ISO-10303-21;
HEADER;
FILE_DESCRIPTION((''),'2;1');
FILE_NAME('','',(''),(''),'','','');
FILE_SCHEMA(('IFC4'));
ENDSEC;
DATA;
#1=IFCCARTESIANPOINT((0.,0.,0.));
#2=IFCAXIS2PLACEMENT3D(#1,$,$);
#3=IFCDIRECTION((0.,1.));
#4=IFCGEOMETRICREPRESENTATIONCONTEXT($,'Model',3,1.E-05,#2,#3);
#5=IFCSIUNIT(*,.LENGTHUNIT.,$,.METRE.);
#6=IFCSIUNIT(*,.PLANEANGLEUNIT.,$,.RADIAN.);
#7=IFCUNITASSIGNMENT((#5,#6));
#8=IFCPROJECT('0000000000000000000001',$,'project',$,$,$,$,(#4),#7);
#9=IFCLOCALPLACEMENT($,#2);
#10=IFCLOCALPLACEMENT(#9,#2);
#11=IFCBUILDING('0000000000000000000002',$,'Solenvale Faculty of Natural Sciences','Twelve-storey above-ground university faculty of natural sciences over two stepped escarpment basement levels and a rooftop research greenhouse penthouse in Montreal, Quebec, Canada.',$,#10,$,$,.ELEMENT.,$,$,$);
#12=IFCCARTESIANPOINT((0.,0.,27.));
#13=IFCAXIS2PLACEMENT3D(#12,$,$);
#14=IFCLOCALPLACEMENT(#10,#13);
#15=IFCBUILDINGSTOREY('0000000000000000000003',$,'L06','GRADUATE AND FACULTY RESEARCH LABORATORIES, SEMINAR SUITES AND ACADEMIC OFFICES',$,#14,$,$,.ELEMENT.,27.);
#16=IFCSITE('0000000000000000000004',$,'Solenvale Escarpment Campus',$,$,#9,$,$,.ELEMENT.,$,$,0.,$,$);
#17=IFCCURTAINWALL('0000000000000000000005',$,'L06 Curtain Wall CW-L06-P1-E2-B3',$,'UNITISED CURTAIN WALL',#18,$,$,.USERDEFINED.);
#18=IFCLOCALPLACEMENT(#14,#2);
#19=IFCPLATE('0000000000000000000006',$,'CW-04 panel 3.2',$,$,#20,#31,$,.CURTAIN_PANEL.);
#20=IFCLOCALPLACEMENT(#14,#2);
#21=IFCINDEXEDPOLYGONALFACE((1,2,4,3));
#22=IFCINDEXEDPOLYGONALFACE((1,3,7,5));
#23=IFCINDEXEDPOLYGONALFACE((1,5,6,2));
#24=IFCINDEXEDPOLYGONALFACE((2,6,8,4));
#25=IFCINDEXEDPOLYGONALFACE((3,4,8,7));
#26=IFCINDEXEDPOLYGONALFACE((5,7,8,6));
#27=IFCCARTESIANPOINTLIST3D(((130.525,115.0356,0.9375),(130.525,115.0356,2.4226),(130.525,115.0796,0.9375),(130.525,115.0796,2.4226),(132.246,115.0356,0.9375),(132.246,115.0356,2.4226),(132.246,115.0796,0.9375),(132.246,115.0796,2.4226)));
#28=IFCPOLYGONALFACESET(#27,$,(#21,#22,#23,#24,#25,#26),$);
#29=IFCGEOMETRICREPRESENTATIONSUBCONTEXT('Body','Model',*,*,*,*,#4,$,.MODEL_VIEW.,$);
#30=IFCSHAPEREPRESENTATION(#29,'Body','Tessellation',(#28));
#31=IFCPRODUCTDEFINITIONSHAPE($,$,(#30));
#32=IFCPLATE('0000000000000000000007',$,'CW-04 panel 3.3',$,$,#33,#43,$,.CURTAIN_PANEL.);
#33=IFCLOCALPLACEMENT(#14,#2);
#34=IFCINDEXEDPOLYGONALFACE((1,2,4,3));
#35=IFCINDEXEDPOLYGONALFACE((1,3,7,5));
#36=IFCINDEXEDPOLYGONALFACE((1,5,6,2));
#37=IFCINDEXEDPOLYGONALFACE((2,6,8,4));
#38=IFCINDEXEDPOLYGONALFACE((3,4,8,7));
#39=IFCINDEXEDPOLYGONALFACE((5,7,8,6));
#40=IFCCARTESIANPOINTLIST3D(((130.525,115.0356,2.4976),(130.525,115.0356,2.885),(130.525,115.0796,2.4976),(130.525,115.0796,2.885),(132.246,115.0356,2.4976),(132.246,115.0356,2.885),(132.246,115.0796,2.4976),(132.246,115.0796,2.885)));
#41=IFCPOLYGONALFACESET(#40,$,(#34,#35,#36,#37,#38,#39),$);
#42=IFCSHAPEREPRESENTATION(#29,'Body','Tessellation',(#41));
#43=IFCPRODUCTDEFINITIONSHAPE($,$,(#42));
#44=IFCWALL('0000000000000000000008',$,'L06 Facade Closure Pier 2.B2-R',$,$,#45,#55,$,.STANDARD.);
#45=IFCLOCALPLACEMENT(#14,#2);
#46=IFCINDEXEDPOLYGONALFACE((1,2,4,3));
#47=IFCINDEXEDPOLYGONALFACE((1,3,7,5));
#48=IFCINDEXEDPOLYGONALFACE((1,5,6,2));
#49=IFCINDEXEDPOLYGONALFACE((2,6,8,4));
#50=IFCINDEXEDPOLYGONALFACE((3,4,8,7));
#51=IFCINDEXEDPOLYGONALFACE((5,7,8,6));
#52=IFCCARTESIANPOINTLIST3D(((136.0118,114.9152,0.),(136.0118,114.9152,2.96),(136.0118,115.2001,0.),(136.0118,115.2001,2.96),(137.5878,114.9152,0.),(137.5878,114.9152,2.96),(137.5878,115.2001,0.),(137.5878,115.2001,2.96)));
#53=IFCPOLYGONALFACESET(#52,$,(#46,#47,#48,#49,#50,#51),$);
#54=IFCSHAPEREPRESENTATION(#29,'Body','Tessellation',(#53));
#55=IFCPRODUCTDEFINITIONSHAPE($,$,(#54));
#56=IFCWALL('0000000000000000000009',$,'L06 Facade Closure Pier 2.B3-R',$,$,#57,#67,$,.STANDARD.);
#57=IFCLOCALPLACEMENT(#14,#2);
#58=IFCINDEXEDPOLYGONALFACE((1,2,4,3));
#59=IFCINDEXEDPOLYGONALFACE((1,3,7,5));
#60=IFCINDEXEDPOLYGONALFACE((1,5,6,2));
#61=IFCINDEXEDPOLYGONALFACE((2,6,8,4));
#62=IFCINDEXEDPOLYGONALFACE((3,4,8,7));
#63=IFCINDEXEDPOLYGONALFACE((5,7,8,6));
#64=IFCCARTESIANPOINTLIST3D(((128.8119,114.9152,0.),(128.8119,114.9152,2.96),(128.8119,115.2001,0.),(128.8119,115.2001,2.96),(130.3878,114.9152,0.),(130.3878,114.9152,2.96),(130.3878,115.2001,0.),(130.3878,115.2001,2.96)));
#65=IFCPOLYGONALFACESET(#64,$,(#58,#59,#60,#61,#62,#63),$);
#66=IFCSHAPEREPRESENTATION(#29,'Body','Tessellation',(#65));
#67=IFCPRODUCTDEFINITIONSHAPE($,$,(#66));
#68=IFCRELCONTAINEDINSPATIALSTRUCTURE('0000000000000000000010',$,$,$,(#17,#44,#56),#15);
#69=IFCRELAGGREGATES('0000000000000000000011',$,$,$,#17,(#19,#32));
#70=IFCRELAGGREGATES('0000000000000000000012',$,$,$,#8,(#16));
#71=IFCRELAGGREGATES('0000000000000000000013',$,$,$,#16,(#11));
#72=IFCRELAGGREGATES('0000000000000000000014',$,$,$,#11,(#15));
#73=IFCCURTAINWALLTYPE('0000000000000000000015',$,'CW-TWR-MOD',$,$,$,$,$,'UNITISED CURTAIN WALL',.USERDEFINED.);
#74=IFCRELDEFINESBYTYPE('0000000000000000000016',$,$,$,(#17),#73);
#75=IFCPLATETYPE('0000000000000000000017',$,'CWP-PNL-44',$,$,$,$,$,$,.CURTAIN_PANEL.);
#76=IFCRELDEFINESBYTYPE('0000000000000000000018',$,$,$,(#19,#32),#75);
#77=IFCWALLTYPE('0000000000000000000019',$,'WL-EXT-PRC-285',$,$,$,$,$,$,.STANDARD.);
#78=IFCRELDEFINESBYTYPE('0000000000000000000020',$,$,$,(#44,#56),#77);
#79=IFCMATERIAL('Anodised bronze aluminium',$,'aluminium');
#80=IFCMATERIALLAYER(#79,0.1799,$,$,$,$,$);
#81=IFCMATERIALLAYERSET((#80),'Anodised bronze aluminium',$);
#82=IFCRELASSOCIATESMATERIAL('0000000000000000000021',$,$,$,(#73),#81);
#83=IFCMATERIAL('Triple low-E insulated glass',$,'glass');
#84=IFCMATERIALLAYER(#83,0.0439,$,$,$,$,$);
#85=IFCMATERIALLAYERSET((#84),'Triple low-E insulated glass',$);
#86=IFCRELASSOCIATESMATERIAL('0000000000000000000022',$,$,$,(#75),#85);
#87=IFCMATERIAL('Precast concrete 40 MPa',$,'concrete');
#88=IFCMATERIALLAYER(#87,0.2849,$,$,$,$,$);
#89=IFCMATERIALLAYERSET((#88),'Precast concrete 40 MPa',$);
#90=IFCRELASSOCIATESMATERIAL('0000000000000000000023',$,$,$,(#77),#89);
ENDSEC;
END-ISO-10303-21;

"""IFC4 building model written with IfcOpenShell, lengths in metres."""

from ifc_helpers import new_model, si_unit, direction, frame, frame_2d, origin, origin_2d, place, context, subcontext, project, spatial, rectangle, extrude, material, layer, layer_set, type_object, element, aggregate, save


model = new_model("IFC4")

# Units and contexts
model_context = context("Model", 3, precision=1e-05, world=origin(), true_north=direction((0.0, 1.0)))
body_context = subcontext(model_context, "Body", "Model", "MODEL_VIEW")
ifc_project = project(units=[si_unit("LENGTHUNIT", "METRE"), si_unit("PLANEANGLEUNIT", "RADIAN")], contexts=[model_context])

# Site, building, storey
site_placement = place(None, origin())
site = spatial("IfcSite", under=ifc_project, at=site_placement, Name="Solenvale Escarpment Campus", CompositionType="ELEMENT", RefElevation=0.0)
building_placement = place(site_placement, origin())
building = spatial("IfcBuilding", under=site, at=building_placement, Name="Solenvale Faculty of Natural Sciences", Description="Twelve-storey above-ground university faculty of natural sciences over two stepped escarpment basement levels and a rooftop research greenhouse penthouse in Montreal, Quebec, Canada.", CompositionType="ELEMENT")
storey_placement = place(building_placement, frame((0.0, 0.0, 27.0)))
storey = spatial("IfcBuildingStorey", under=building, at=storey_placement, Name="L06", Description="GRADUATE AND FACULTY RESEARCH LABORATORIES, SEMINAR SUITES AND ACADEMIC OFFICES", CompositionType="ELEMENT", Elevation=27.0)

# Shared definitions
ifc_material_1 = material(Name="Precast concrete 40 MPa", Category="concrete")

# Shared definitions
ifc_material_2 = material(Name="Anodised bronze aluminium", Category="aluminium")
ifc_layer_1 = layer(ifc_material_2, 0.1799)
ifc_layer_set_1 = layer_set([ifc_layer_1], Name="Anodised bronze aluminium")
curtain_wall_type = type_object("IfcCurtainWallType", Name="CW-TWR-MOD", ElementType="UNITISED CURTAIN WALL", PredefinedType="USERDEFINED", material=ifc_layer_set_1)

# Curtain wall
curtain_wall_1_placement = place(storey_placement, origin())
curtain_wall_1 = element("IfcCurtainWall", 1, at=curtain_wall_1_placement, inside=storey, type_object=curtain_wall_type, Name="L06 Curtain Wall CW-L06-P1-E2-B3", ObjectType="UNITISED CURTAIN WALL", PredefinedType="USERDEFINED")

# Plates
ifc_material_3 = material(Name="Triple low-E insulated glass", Category="glass")
ifc_layer_2 = layer(ifc_material_3, 0.0439)
ifc_layer_set_2 = layer_set([ifc_layer_2], Name="Triple low-E insulated glass")
plate_type = type_object("IfcPlateType", Name="CWP-PNL-44", PredefinedType="CURTAIN_PANEL", material=ifc_layer_set_2)
plate_1_placement = place(storey_placement, frame((131.3855, 115.0576, 0.9375), z_axis=(0.0, 0.0, 1.0), x_axis=(-1.0, 0.0, 0.0)))
plate_1 = element("IfcPlate", 2, at=plate_1_placement, type_object=plate_type, Name="CW-04 panel 3.2", PredefinedType="CURTAIN_PANEL", context=body_context, shape_type="SweptSolid", body=[
    extrude(rectangle(XDim=1.7209, YDim=0.0439, at=origin_2d()), origin(), (0.0, 0.0, 1.0), 1.4851),
])
plate_2_placement = place(storey_placement, frame((131.3855, 115.0576, 2.4976), z_axis=(0.0, 0.0, 1.0), x_axis=(-1.0, 0.0, 0.0)))
plate_2 = element("IfcPlate", 3, at=plate_2_placement, type_object=plate_type, Name="CW-04 panel 3.3", PredefinedType="CURTAIN_PANEL", context=body_context, shape_type="SweptSolid", body=[
    extrude(rectangle(XDim=1.7209, YDim=0.0439, at=origin_2d()), origin(), (0.0, 0.0, 1.0), 0.3875),
])
aggregate(curtain_wall_1, [plate_1, plate_2])

# Walls
ifc_layer_3 = layer(ifc_material_1, 0.2849)
ifc_layer_set_3 = layer_set([ifc_layer_3], Name="Precast concrete 40 MPa")
wall_type = type_object("IfcWallType", Name="WL-EXT-PRC-285", PredefinedType="STANDARD", material=ifc_layer_set_3)
for number, where, z_axis, x_axis, name in (
    (4, (137.5879, 115.0576, 0.0), (0.0, 0.0, 1.0), (-1.0, 0.0, 0.0), "L06 Facade Closure Pier 2.B2-R"),
    (5, (130.3879, 115.0576, 0.0), (0.0, 0.0, 1.0), (-1.0, 0.0, 0.0), "L06 Facade Closure Pier 2.B3-R"),
):
    element("IfcWall", number, at=place(storey_placement, frame(where, z_axis=z_axis, x_axis=x_axis)), inside=storey, type_object=wall_type, Name=name, PredefinedType="STANDARD", context=body_context, shape_type="SweptSolid", body=[
        extrude(rectangle(XDim=1.5759, YDim=0.2849, at=frame_2d((0.7881, 0.0))), origin(), (0.0, 0.0, 1.0), 2.96),
    ])

save(model, "model.ifc")
